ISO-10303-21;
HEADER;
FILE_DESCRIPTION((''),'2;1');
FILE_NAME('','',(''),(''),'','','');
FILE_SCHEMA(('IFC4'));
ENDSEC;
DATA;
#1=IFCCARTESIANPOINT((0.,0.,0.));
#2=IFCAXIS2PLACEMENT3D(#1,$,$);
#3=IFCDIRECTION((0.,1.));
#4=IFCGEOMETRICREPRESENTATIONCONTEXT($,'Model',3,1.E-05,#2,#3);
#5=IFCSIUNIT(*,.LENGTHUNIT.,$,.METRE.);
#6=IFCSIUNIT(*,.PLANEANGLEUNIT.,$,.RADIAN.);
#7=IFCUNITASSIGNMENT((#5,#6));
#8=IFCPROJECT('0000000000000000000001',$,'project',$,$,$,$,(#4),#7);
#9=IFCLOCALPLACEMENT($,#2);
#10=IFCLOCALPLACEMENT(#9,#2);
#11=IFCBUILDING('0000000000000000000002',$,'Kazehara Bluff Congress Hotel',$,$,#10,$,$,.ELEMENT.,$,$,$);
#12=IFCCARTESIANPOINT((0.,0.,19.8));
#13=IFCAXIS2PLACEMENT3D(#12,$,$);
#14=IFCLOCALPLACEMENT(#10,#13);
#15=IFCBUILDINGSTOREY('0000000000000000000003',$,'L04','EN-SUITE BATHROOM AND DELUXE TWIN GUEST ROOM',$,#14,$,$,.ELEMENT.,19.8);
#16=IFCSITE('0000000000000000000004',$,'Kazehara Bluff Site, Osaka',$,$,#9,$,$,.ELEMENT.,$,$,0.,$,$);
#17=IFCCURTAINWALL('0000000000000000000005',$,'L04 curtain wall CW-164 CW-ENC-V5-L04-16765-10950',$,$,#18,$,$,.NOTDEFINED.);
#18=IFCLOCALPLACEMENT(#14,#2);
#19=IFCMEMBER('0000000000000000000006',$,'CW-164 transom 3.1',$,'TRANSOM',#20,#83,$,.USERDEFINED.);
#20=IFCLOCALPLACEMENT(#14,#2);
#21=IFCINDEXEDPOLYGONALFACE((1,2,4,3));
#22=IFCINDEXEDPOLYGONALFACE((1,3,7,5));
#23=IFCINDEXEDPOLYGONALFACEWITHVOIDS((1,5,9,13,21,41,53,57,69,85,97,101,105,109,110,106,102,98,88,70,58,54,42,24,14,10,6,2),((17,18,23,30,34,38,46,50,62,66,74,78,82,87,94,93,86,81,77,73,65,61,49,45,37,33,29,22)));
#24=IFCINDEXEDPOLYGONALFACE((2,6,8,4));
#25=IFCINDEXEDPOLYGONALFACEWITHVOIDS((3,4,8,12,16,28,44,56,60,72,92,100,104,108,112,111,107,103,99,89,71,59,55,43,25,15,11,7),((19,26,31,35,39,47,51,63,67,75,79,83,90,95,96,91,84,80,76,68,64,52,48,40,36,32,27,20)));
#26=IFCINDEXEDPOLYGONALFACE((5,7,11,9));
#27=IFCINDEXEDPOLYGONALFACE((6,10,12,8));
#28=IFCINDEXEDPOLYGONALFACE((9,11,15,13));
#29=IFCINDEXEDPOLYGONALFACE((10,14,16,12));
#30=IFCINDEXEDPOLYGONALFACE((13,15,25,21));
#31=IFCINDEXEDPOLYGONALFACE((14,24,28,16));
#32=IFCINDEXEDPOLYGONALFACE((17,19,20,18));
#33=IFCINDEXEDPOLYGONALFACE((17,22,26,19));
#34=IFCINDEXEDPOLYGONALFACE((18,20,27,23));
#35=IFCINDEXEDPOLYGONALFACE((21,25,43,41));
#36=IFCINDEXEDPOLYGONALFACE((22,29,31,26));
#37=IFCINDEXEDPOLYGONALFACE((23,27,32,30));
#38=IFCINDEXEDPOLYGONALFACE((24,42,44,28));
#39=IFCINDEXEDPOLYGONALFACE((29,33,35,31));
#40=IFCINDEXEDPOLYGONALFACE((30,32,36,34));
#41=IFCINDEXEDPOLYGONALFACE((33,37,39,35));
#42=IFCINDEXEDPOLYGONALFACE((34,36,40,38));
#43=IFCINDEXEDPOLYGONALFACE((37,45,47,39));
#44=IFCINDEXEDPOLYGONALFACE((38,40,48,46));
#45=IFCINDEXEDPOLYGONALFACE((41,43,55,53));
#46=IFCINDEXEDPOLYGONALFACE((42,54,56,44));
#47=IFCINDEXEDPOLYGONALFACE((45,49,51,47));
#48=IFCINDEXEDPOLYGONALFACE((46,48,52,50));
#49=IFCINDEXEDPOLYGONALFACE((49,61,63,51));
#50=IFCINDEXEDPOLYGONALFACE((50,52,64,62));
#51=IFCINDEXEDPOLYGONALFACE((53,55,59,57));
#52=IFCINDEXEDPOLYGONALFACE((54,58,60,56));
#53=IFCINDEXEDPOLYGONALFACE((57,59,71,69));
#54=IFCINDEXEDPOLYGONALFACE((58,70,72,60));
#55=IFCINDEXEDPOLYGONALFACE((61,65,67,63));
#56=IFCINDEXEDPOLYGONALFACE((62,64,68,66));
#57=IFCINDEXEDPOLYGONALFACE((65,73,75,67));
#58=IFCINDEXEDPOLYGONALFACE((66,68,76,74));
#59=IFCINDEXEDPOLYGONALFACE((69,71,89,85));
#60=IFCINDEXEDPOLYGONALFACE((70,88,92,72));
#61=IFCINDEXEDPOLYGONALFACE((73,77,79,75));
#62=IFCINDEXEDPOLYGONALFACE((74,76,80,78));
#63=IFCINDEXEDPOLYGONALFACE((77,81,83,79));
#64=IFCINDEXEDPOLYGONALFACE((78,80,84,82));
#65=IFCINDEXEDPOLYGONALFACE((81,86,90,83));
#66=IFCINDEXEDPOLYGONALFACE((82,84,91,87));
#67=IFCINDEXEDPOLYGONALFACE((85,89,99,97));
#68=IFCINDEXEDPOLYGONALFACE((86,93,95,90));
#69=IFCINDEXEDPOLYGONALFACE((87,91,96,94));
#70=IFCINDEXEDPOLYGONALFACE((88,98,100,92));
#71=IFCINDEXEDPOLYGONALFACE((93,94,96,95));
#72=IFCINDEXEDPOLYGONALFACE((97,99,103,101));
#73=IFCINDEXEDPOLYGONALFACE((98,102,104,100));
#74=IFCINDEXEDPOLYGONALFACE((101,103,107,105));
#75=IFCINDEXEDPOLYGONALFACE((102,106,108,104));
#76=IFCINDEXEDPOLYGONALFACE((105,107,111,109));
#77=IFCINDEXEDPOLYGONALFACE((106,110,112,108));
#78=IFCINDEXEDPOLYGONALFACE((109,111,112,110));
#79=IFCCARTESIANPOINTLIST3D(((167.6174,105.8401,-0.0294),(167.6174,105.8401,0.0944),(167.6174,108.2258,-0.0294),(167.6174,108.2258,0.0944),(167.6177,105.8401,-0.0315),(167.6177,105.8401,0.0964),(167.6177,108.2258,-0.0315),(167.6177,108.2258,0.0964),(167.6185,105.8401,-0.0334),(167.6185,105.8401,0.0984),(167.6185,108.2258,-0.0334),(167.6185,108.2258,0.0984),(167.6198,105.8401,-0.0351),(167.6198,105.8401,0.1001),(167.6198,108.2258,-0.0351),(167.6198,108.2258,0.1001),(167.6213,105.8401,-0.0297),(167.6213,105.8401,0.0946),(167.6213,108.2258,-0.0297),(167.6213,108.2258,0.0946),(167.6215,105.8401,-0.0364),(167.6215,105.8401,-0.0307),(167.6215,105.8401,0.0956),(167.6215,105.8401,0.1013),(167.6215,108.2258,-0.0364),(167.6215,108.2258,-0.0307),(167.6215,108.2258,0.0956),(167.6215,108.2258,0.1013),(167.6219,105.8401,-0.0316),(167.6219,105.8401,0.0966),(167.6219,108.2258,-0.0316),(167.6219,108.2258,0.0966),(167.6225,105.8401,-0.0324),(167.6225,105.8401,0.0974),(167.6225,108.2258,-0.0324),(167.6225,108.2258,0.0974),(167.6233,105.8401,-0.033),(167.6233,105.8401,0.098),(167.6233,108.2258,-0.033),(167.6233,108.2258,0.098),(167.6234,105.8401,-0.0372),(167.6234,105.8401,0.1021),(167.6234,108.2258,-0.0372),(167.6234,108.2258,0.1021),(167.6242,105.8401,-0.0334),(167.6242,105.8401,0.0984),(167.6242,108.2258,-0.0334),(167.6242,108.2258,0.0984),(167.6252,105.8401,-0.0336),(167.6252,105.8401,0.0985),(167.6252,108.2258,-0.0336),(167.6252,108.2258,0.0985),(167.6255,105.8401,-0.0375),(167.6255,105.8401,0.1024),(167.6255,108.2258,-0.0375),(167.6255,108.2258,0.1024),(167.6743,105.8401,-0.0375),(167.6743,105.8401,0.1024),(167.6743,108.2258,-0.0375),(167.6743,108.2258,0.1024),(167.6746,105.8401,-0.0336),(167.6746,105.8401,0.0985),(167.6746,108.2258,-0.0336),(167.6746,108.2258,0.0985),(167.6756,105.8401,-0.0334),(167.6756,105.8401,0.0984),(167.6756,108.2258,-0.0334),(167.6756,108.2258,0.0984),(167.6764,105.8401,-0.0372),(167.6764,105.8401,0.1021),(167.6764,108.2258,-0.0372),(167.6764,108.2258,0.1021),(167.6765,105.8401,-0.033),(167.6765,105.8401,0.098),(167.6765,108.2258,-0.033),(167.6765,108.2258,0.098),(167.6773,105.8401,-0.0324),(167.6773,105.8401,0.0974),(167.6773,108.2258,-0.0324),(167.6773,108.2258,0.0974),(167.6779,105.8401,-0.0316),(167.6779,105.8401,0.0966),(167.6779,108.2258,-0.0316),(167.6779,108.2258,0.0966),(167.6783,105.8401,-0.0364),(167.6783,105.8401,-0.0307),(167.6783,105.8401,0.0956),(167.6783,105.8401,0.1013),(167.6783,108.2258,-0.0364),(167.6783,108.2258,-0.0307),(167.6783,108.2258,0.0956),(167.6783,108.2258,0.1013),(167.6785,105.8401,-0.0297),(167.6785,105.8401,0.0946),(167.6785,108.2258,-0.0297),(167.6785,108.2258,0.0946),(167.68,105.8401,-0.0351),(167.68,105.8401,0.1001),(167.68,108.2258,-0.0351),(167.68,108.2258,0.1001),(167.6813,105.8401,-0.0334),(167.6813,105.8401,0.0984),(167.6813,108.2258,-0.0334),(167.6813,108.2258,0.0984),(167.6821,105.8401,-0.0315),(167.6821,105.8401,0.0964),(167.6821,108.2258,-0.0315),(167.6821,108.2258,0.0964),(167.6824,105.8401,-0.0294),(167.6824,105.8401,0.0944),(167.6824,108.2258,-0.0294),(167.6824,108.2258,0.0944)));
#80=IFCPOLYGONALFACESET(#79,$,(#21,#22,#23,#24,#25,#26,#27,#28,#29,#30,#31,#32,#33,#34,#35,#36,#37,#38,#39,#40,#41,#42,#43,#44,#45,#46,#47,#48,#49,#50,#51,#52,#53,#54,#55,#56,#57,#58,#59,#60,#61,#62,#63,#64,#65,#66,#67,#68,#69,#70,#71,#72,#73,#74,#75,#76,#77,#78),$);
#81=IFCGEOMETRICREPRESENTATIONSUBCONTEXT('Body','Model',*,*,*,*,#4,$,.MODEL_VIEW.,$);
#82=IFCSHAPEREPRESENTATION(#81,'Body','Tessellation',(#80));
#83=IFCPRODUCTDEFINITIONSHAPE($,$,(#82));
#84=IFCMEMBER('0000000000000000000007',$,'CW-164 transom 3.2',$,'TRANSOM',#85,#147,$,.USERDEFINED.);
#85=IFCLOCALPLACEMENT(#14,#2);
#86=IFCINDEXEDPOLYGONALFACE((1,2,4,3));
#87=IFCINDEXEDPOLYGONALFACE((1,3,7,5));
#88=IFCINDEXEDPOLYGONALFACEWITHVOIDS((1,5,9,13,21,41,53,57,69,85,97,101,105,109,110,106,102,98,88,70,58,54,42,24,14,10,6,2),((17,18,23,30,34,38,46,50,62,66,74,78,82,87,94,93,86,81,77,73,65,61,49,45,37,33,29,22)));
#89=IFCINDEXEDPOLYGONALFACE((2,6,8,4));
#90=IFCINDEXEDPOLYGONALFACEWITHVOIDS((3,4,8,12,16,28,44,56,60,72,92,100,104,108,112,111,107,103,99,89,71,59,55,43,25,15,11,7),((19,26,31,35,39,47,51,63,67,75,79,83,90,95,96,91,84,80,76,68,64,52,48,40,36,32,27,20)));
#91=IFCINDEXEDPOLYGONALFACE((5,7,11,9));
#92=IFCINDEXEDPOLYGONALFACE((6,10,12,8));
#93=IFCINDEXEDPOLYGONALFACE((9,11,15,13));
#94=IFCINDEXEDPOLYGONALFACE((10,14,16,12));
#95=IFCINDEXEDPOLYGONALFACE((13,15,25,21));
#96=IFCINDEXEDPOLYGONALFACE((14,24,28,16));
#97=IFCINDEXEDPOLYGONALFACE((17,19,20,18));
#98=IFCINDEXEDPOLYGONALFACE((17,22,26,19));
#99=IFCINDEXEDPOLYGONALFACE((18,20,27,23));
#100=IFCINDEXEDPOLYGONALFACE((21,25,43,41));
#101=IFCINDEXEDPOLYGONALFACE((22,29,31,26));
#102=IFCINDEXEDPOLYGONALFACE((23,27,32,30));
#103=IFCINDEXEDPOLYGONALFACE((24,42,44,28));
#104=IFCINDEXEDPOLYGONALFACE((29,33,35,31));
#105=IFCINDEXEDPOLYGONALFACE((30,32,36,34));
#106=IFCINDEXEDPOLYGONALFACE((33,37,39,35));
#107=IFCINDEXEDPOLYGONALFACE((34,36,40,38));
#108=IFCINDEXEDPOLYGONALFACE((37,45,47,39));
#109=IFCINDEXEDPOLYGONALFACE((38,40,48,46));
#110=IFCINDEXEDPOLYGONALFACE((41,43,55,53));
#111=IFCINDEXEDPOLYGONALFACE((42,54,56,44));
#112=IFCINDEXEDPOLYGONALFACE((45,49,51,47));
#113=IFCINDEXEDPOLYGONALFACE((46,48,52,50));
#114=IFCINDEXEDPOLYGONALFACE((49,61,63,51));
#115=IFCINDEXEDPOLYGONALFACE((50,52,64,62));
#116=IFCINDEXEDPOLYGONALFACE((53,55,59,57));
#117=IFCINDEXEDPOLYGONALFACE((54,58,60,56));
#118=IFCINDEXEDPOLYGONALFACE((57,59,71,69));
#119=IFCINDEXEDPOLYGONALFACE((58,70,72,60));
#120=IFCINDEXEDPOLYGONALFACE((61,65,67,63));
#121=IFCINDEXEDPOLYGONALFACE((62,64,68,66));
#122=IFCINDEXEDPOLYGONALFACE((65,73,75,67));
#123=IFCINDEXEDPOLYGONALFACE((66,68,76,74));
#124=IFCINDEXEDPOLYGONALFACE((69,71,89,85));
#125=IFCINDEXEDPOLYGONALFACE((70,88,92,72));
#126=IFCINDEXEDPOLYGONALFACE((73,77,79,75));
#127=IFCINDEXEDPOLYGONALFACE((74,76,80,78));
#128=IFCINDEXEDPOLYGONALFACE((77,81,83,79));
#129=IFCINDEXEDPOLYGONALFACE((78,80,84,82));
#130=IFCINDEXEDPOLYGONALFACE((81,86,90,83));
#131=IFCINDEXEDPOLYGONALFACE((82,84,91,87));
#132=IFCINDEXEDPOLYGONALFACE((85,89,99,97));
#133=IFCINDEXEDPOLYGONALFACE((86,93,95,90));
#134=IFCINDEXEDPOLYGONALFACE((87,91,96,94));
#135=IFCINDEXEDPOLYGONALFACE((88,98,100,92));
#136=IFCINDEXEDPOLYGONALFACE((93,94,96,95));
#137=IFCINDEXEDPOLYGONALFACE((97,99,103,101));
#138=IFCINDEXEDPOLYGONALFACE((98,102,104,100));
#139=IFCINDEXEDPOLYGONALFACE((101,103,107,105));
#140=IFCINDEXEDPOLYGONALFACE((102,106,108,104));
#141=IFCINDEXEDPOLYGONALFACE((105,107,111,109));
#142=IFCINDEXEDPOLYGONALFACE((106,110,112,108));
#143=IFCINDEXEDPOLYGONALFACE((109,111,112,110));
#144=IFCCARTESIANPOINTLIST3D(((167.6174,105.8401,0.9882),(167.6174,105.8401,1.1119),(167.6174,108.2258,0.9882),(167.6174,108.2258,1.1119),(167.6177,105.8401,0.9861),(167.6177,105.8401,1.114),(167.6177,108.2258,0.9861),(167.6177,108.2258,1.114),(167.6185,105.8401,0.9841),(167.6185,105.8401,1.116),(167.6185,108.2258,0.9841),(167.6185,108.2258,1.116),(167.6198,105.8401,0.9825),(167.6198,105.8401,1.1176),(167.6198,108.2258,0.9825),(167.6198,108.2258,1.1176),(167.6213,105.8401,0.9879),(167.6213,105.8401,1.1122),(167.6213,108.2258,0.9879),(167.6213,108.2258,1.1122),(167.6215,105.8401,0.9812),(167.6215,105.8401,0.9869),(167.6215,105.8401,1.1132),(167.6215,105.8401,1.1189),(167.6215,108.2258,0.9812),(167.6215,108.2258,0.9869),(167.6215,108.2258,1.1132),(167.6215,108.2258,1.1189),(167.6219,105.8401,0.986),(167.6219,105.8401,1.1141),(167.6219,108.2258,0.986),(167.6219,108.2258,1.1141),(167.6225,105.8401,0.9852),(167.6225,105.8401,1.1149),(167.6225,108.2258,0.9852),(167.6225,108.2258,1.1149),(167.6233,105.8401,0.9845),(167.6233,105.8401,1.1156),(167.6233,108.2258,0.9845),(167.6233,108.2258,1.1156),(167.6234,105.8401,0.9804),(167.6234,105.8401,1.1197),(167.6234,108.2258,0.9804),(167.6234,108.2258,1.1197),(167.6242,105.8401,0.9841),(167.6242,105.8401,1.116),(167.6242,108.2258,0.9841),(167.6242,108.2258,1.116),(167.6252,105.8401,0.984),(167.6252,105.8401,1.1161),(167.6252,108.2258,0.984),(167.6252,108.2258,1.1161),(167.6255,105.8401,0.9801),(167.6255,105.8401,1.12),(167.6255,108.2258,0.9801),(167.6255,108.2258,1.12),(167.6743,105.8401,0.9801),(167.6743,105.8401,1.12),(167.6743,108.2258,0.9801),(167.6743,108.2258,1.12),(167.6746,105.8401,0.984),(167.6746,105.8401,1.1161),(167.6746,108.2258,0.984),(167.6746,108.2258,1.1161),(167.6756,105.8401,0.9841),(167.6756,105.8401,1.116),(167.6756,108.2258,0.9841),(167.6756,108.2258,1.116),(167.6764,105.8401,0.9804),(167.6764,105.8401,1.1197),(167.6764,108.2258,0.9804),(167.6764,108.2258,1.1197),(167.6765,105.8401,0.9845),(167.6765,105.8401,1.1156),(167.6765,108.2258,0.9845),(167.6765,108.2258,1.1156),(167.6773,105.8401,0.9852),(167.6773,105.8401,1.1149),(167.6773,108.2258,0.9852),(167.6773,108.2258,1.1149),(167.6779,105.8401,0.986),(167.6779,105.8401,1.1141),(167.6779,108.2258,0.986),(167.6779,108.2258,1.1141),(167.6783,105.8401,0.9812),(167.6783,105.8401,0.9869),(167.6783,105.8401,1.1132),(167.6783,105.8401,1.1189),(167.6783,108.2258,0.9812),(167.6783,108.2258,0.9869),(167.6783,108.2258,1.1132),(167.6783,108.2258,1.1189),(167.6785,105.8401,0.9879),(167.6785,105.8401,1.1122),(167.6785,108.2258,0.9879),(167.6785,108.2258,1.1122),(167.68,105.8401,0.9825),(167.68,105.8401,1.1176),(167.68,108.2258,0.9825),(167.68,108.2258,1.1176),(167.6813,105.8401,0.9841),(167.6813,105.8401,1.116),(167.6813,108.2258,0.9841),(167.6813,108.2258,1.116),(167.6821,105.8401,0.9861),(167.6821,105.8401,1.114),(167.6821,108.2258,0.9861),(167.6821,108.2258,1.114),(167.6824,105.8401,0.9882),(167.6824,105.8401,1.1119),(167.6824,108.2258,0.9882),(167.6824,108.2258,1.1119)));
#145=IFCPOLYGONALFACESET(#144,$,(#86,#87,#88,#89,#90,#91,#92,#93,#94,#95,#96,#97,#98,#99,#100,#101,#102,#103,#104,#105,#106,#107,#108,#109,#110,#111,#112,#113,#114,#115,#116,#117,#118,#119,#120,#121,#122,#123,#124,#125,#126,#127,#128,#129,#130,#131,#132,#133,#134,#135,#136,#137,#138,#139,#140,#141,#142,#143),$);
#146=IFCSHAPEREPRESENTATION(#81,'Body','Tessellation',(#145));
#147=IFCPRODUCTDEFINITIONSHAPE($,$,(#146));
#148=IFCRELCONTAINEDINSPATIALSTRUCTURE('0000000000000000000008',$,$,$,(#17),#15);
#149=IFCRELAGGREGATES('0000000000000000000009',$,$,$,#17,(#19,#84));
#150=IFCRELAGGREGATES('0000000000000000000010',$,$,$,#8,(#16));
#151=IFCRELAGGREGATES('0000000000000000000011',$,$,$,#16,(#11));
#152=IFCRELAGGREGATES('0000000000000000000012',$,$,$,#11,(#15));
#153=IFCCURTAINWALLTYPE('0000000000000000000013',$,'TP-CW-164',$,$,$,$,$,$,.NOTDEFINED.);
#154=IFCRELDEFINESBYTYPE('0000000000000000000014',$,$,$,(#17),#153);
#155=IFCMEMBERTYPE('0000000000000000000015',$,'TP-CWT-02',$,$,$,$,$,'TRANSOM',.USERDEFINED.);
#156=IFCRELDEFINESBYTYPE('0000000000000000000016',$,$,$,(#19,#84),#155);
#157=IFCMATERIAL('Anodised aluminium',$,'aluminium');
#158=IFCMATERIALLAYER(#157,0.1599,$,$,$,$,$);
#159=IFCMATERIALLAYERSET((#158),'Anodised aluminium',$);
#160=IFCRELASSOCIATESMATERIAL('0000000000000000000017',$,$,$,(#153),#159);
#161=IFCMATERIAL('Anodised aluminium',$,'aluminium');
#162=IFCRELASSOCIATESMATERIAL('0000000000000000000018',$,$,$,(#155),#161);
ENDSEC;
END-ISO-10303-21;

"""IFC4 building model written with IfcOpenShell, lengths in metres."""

from ifc_helpers import new_model, si_unit, direction, frame, origin, origin_2d, place, context, subcontext, project, spatial, hollow_rectangle, extrude, material, layer, layer_set, material_profile, profile_set, type_object, element, aggregate, save


model = new_model("IFC4")

# Units and contexts
model_context = context("Model", 3, precision=1e-05, world=origin(), true_north=direction((0.0, 1.0)))
body_context = subcontext(model_context, "Body", "Model", "MODEL_VIEW")
ifc_project = project(units=[si_unit("LENGTHUNIT", "METRE"), si_unit("PLANEANGLEUNIT", "RADIAN")], contexts=[model_context])

# Site, building, storey
site_placement = place(None, origin())
site = spatial("IfcSite", under=ifc_project, at=site_placement, Name="Kazehara Bluff Site, Osaka", CompositionType="ELEMENT", RefElevation=0.0)
building_placement = place(site_placement, origin())
building = spatial("IfcBuilding", under=site, at=building_placement, Name="Kazehara Bluff Congress Hotel", CompositionType="ELEMENT")
storey_placement = place(building_placement, frame((0.0, 0.0, 19.8)))
storey = spatial("IfcBuildingStorey", under=building, at=storey_placement, Name="L04", Description="EN-SUITE BATHROOM AND DELUXE TWIN GUEST ROOM", CompositionType="ELEMENT", Elevation=19.8)

# Curtain wall
ifc_material_1 = material(Name="Anodised aluminium", Category="aluminium")
ifc_layer_1 = layer(ifc_material_1, 0.1599)
ifc_layer_set_1 = layer_set([ifc_layer_1], Name="Anodised aluminium")
curtain_wall_type_1 = type_object("IfcCurtainWallType", Name="TP-CW-164", PredefinedType="NOTDEFINED", material=ifc_layer_set_1)
curtain_wall_1_placement = place(storey_placement, origin())
curtain_wall_1 = element("IfcCurtainWall", 1, at=curtain_wall_1_placement, inside=storey, type_object=curtain_wall_type_1, Name="L04 curtain wall CW-164 CW-ENC-V5-L04-16765-10950", PredefinedType="NOTDEFINED")

# Members
ifc_material_2 = material(Name="Anodised aluminium", Category="aluminium")
ifc_material_profile_1 = material_profile(ifc_material_2, hollow_rectangle(XDim=0.0649, YDim=0.1399, WallThickness=0.0039, InnerFilletRadius=0.0039, OuterFilletRadius=0.0081, at=origin_2d()))
ifc_profile_set_1 = profile_set([ifc_material_profile_1], Name="Anodised aluminium")
member_type_1 = type_object("IfcMemberType", Name="TP-CWT-02", ElementType="TRANSOM", PredefinedType="USERDEFINED", material=ifc_profile_set_1)
member_1_placement = place(storey_placement, frame((167.6499, 108.2258, 0.0325), z_axis=(0.0, -1.0, 0.0), x_axis=(1.0, 0.0, 0.0)))
member_1 = element("IfcMember", 2, at=member_1_placement, type_object=member_type_1, Name="CW-164 transom 3.1", ObjectType="TRANSOM", PredefinedType="USERDEFINED", context=body_context, shape_type="SweptSolid", body=[
    extrude(hollow_rectangle(XDim=0.0649, YDim=0.1399, WallThickness=0.0039, InnerFilletRadius=0.0039, OuterFilletRadius=0.0081, at=origin_2d()), origin(), (0.0, 0.0, 1.0), 2.3857),
])
member_2_placement = place(storey_placement, frame((167.6499, 108.2258, 1.05), z_axis=(0.0, -1.0, 0.0), x_axis=(1.0, 0.0, 0.0)))
member_2 = element("IfcMember", 3, at=member_2_placement, type_object=member_type_1, Name="CW-164 transom 3.2", ObjectType="TRANSOM", PredefinedType="USERDEFINED", context=body_context, shape_type="SweptSolid", body=[
    extrude(hollow_rectangle(XDim=0.0649, YDim=0.1399, WallThickness=0.0039, InnerFilletRadius=0.0039, OuterFilletRadius=0.0081, at=origin_2d()), origin(), (0.0, 0.0, 1.0), 2.3857),
])

aggregate(curtain_wall_1, [member_1, member_2])

save(model, "model.ifc")
